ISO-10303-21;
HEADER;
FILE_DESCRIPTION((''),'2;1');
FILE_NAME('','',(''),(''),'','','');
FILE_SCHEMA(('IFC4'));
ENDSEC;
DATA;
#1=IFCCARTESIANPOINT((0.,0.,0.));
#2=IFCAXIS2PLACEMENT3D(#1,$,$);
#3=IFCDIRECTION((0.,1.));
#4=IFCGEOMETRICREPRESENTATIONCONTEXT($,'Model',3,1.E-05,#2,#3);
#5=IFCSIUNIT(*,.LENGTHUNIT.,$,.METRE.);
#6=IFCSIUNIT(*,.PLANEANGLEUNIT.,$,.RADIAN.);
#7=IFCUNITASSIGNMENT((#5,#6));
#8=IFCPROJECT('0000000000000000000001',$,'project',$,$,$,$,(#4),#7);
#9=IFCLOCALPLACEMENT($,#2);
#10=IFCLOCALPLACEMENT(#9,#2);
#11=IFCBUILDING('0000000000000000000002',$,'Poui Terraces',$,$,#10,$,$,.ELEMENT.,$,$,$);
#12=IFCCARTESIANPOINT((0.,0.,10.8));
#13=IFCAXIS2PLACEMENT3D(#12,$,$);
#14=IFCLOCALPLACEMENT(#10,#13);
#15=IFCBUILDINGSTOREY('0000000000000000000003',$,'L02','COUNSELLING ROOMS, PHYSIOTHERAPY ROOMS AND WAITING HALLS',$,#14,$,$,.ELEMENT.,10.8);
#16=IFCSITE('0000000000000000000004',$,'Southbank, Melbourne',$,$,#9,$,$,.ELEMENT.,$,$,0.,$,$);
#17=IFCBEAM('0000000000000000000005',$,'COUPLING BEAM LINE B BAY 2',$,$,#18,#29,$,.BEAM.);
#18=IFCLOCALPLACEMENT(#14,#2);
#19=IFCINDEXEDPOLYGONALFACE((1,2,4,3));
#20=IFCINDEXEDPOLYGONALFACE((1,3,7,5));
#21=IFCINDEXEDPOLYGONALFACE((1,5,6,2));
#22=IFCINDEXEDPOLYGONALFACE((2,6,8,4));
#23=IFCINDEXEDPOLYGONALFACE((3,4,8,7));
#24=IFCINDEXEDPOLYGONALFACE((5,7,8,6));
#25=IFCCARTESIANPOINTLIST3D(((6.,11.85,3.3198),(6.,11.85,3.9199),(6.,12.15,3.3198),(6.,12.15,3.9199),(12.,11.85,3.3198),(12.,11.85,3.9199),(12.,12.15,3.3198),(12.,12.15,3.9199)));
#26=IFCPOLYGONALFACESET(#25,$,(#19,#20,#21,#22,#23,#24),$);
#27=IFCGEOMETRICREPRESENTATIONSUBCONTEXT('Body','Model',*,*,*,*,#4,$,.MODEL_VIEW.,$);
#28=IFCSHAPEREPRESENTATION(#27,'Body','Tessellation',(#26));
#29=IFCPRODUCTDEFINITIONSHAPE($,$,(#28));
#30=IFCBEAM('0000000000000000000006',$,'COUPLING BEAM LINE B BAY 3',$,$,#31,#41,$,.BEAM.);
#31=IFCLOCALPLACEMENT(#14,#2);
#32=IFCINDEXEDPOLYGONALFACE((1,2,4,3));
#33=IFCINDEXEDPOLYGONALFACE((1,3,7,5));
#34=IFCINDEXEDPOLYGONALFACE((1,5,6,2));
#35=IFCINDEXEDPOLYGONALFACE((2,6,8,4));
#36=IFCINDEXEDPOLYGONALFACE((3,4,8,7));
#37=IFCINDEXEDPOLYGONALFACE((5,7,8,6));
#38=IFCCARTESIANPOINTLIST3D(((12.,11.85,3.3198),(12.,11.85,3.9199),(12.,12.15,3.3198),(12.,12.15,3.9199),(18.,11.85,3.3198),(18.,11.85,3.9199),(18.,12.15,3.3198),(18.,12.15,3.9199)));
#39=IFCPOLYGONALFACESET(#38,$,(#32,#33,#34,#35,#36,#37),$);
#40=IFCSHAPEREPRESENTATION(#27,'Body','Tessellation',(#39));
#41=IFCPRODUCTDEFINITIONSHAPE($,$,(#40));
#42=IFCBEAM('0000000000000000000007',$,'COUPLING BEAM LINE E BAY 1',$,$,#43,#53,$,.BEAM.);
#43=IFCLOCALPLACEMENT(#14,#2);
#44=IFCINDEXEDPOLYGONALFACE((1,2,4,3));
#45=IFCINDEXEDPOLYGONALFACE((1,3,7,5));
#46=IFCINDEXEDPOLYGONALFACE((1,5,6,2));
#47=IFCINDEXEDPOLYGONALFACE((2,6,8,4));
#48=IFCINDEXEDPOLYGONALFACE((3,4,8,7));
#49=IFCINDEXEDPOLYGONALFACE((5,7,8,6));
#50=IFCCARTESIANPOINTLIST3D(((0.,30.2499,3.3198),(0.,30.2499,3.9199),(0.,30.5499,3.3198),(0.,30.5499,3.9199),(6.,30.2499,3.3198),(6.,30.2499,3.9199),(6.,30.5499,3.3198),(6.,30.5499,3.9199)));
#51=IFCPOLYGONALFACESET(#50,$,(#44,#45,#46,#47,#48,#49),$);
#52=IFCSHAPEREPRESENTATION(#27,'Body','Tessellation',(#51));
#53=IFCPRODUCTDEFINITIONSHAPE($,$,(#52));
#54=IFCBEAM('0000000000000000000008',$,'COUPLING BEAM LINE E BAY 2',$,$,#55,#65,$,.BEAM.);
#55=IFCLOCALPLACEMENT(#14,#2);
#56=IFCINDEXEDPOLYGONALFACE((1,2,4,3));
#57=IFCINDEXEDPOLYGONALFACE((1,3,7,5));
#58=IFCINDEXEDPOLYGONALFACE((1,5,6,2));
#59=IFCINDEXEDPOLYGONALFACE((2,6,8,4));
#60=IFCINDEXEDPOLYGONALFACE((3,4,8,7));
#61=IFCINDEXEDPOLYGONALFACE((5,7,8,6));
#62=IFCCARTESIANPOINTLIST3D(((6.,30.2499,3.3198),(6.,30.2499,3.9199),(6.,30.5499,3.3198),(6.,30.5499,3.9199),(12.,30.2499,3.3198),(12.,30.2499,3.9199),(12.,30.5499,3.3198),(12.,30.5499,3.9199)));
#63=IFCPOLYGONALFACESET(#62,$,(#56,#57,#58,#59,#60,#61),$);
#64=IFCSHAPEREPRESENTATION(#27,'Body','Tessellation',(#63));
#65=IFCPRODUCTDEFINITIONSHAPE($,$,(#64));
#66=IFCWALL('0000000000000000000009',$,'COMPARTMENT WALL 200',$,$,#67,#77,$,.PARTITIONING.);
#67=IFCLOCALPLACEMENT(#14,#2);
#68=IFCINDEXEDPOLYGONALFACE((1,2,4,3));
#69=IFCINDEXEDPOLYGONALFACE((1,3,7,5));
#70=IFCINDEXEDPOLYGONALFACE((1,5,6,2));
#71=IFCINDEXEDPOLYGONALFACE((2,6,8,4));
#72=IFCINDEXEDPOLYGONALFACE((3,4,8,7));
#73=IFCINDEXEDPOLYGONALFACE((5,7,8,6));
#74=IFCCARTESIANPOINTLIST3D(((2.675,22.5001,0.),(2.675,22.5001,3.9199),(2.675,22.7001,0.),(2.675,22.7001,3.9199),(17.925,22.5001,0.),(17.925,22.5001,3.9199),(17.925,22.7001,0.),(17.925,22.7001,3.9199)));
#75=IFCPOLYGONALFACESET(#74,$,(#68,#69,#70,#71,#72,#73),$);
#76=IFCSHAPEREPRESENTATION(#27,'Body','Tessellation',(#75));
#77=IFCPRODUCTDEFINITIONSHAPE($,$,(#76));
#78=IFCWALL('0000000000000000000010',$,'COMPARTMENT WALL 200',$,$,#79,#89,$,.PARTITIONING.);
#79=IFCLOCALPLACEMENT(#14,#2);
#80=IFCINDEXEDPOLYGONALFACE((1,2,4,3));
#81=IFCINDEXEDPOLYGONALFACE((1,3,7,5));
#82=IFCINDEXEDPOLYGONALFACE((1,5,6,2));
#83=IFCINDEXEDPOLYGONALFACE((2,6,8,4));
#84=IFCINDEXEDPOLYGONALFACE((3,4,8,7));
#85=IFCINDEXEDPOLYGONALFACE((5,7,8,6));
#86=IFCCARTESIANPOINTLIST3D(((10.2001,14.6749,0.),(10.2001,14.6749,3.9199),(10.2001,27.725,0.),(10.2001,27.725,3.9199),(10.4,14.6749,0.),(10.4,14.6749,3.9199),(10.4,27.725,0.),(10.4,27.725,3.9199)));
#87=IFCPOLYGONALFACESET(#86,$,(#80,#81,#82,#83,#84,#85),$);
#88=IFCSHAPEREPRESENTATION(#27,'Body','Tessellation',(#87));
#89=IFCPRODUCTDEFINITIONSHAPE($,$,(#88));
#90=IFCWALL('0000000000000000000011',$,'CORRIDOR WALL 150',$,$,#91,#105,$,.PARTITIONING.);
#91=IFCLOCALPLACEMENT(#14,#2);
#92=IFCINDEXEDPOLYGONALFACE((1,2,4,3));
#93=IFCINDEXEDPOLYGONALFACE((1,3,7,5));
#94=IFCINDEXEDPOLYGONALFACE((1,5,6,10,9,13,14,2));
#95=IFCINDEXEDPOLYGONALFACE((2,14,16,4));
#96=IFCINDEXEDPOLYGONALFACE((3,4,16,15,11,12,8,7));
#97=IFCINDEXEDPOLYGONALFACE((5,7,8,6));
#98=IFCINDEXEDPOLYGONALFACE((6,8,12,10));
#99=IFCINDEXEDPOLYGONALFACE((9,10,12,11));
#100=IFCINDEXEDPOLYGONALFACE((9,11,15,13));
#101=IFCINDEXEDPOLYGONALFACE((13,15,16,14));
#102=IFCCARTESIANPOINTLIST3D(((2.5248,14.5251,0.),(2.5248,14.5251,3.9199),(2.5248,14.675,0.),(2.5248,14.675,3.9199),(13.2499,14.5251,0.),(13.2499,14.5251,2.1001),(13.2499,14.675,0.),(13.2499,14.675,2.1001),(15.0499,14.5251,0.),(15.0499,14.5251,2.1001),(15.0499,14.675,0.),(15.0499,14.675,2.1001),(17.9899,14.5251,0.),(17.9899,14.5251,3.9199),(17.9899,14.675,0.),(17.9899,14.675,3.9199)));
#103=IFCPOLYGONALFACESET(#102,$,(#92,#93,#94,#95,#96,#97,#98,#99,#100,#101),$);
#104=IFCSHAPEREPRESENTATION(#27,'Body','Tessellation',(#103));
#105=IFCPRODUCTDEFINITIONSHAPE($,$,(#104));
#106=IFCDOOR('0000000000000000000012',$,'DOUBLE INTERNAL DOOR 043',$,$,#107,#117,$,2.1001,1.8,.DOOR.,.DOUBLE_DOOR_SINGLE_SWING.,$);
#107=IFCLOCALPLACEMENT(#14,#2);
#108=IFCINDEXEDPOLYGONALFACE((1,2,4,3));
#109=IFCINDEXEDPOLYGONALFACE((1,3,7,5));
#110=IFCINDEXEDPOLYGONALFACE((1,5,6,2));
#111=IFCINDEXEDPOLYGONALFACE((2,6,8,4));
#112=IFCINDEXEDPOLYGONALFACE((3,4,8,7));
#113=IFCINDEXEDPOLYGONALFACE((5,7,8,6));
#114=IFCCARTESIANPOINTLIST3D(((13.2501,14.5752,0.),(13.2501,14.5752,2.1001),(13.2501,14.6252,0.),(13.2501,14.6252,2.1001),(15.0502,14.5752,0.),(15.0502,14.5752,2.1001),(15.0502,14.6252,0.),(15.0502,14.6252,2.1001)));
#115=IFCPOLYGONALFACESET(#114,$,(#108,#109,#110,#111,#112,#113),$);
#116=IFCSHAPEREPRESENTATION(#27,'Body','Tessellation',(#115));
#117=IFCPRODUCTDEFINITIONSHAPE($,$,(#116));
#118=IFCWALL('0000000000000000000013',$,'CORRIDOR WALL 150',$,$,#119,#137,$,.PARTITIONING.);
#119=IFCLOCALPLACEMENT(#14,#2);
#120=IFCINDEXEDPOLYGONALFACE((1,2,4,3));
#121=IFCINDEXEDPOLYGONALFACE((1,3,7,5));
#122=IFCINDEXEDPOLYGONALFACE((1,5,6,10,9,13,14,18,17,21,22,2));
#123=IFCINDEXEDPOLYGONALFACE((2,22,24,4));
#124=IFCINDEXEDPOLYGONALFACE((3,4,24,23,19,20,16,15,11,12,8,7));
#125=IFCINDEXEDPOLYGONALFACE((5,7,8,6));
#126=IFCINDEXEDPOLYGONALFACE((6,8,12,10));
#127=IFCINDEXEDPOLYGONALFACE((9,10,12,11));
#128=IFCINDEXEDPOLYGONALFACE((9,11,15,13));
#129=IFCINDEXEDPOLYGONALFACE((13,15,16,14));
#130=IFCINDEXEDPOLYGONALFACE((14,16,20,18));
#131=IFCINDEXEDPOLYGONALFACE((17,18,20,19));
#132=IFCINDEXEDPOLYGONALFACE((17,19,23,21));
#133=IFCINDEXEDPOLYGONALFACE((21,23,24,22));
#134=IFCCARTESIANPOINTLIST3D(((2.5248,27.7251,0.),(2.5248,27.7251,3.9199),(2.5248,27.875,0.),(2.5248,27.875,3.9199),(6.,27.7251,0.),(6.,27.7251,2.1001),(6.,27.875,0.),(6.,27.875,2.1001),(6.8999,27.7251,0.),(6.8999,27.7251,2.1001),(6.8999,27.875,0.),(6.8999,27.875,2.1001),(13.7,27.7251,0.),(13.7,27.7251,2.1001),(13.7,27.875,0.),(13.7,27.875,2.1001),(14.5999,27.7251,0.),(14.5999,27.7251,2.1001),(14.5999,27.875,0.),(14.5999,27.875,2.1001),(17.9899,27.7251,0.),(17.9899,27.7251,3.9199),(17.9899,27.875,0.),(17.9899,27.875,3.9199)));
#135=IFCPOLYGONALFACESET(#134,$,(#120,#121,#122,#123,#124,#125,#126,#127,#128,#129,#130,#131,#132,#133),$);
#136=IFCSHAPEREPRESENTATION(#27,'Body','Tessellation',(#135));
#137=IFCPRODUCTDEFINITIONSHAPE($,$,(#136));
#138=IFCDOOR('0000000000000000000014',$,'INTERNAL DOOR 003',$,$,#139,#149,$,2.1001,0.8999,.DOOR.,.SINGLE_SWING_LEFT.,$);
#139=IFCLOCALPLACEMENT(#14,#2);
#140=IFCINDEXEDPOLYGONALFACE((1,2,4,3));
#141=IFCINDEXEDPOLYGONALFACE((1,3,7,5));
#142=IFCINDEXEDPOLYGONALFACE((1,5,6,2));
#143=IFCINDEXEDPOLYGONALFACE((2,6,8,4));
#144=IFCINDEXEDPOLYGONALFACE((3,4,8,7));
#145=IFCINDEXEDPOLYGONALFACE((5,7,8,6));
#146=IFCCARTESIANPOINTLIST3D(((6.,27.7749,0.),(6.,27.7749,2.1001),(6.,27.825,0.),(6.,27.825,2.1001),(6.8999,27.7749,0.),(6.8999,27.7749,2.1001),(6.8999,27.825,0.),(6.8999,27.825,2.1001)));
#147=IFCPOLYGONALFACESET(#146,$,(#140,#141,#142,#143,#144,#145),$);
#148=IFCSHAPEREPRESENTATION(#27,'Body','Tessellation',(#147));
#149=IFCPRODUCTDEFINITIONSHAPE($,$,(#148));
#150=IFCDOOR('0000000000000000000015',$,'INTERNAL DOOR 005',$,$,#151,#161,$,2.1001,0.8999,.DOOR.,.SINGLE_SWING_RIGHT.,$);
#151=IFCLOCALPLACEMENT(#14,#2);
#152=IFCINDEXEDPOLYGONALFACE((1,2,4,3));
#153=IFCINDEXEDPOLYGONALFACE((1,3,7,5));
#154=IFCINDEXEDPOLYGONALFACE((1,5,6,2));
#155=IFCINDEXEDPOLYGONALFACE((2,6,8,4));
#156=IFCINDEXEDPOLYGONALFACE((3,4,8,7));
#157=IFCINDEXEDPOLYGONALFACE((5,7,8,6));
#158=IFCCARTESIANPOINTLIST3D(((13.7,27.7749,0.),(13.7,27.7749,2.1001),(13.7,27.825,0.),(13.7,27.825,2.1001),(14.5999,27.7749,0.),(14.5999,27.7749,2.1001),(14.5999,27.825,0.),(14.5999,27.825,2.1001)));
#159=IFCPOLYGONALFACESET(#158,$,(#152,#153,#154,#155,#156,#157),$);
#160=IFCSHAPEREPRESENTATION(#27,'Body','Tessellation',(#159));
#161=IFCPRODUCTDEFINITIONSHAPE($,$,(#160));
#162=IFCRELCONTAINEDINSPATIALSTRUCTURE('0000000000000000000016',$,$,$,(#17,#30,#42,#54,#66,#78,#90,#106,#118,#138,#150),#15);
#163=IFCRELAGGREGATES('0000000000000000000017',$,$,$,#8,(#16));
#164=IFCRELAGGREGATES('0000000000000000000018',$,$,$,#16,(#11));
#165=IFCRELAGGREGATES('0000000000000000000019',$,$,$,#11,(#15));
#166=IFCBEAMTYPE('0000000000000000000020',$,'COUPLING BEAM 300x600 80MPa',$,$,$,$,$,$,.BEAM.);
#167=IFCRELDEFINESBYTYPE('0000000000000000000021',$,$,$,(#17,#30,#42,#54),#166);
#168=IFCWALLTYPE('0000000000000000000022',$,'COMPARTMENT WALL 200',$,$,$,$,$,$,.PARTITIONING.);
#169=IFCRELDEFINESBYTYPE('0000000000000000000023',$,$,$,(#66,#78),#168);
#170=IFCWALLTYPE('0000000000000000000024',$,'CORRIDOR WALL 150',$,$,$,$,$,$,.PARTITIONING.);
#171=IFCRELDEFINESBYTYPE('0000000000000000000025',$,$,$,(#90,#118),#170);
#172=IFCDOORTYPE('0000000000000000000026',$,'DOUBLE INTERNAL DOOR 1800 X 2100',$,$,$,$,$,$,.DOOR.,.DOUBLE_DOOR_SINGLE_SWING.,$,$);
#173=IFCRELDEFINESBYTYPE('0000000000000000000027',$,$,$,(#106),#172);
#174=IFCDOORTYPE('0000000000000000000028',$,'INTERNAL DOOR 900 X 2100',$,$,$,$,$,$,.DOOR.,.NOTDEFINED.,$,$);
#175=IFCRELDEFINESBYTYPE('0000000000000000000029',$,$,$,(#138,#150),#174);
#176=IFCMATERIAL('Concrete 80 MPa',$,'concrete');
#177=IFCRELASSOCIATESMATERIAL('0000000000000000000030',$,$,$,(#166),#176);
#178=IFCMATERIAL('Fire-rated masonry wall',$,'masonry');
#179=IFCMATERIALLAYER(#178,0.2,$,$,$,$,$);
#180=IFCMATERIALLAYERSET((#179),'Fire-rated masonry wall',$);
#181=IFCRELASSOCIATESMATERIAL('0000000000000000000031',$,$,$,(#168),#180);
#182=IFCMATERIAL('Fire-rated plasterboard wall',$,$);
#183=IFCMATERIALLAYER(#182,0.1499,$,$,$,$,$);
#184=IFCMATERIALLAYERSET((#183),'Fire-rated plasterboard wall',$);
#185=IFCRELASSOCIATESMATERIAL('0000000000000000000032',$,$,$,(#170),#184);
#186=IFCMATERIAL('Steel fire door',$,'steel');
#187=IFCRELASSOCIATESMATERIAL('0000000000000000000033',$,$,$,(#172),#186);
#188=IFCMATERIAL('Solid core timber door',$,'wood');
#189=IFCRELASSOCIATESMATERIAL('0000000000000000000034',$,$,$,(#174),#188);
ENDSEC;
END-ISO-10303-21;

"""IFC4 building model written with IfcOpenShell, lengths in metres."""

from ifc_helpers import new_model, si_unit, direction, frame, frame_2d, origin, origin_2d, place, context, subcontext, project, spatial, rectangle, extrude, source, transform, mapped, material, layer, layer_set, material_profile, profile_set, type_object, element, fill, save


model = new_model("IFC4")

# Units and contexts
model_context = context("Model", 3, precision=1e-05, world=origin(), true_north=direction((0.0, 1.0)))
body_context = subcontext(model_context, "Body", "Model", "MODEL_VIEW")
ifc_project = project(units=[si_unit("LENGTHUNIT", "METRE"), si_unit("PLANEANGLEUNIT", "RADIAN")], contexts=[model_context])

# Site, building, storey
site_placement = place(None, origin())
site = spatial("IfcSite", under=ifc_project, at=site_placement, Name="Southbank, Melbourne", CompositionType="ELEMENT", RefElevation=0.0)
building_placement = place(site_placement, origin())
building = spatial("IfcBuilding", under=site, at=building_placement, Name="Poui Terraces", CompositionType="ELEMENT")
storey_placement = place(building_placement, frame((0.0, 0.0, 10.8)))
storey = spatial("IfcBuildingStorey", under=building, at=storey_placement, Name="L02", Description="COUNSELLING ROOMS, PHYSIOTHERAPY ROOMS AND WAITING HALLS", CompositionType="ELEMENT", Elevation=10.8)

# Beams
ifc_material_1 = material(Name="Concrete 80 MPa", Category="concrete")
ifc_material_profile = material_profile(ifc_material_1, rectangle(XDim=0.3, YDim=0.6001, at=origin_2d()), Name="RC 300x600")
ifc_profile_set = profile_set([ifc_material_profile], Name="Concrete 80 MPa")
beam_type = type_object("IfcBeamType", Name="COUPLING BEAM 300x600 80MPa", PredefinedType="BEAM", material=ifc_profile_set)
shared_shape = source(origin(), body_context, "Body", "SweptSolid", [
    extrude(rectangle(XDim=0.3, YDim=0.6001, at=origin_2d()), origin(), (0.0, 0.0, 1.0), 6.0),
])
for number, where, z_axis, x_axis, name in (
    (1, (6.0, 12.0, 3.6199), (1.0, 0.0, 0.0), (0.0, 1.0, 0.0), "COUPLING BEAM LINE B BAY 2"),
    (2, (12.0, 12.0, 3.6199), (1.0, 0.0, 0.0), (0.0, 1.0, 0.0), "COUPLING BEAM LINE B BAY 3"),
    (3, (0.0, 30.3999, 3.6199), (1.0, 0.0, 0.0), (0.0, 1.0, 0.0), "COUPLING BEAM LINE E BAY 1"),
    (4, (6.0, 30.3999, 3.6199), (1.0, 0.0, 0.0), (0.0, 1.0, 0.0), "COUPLING BEAM LINE E BAY 2"),
):
    element("IfcBeam", number, at=place(storey_placement, frame(where, z_axis=z_axis, x_axis=x_axis)), inside=storey, type_object=beam_type, Name=name, PredefinedType="BEAM", context=body_context, shape_type="MappedRepresentation", body=[
        mapped(shared_shape, transform((0.0, 0.0, 0.0))),
    ])

# Walls
ifc_material_2 = material(Name="Fire-rated masonry wall", Category="masonry")
ifc_layer_1 = layer(ifc_material_2, 0.2)
ifc_layer_set_1 = layer_set([ifc_layer_1], Name="Fire-rated masonry wall")
wall_type_1 = type_object("IfcWallType", Name="COMPARTMENT WALL 200", PredefinedType="PARTITIONING", material=ifc_layer_set_1)
wall_1_placement = place(storey_placement, frame((2.675, 22.6001, 0.0), z_axis=(0.0, 0.0, 1.0), x_axis=(1.0, 0.0, 0.0)))
element("IfcWall", 5, at=wall_1_placement, inside=storey, type_object=wall_type_1, Name="COMPARTMENT WALL 200", PredefinedType="PARTITIONING", context=body_context, shape_type="SweptSolid", body=[
    extrude(rectangle(XDim=15.25, YDim=0.2, at=frame_2d((7.625, 0.0))), origin(), (0.0, 0.0, 1.0), 3.9199),
])
wall_2_placement = place(storey_placement, frame((10.3, 14.675, 0.0), z_axis=(0.0, 0.0, 1.0), x_axis=(0.0, 1.0, 0.0)))
element("IfcWall", 6, at=wall_2_placement, inside=storey, type_object=wall_type_1, Name="COMPARTMENT WALL 200", PredefinedType="PARTITIONING", context=body_context, shape_type="SweptSolid", body=[
    extrude(rectangle(XDim=13.05, YDim=0.2, at=frame_2d((6.5249, 0.0))), origin(), (0.0, 0.0, 1.0), 3.9199),
])

# Wall, opening, door
ifc_material_3 = material(Name="Fire-rated plasterboard wall")
ifc_layer_2 = layer(ifc_material_3, 0.1499)
ifc_layer_set_2 = layer_set([ifc_layer_2], Name="Fire-rated plasterboard wall")
wall_type_2 = type_object("IfcWallType", Name="CORRIDOR WALL 150", PredefinedType="PARTITIONING", material=ifc_layer_set_2)
wall_3_placement = place(storey_placement, frame((2.5249, 14.6001, 0.0), z_axis=(0.0, 0.0, 1.0), x_axis=(1.0, 0.0, 0.0)))
wall_3 = element("IfcWall", 7, at=wall_3_placement, inside=storey, type_object=wall_type_2, Name="CORRIDOR WALL 150", PredefinedType="PARTITIONING", context=body_context, shape_type="SweptSolid", body=[
    extrude(rectangle(XDim=15.4651, YDim=0.1499, at=frame_2d((7.7324, 0.0))), origin(), (0.0, 0.0, 1.0), 3.9199),
])
opening_1_placement = place(wall_3_placement, frame((10.7251, 0.0, 0.0)))
opening_1 = element("IfcOpeningElement", 8, at=opening_1_placement, cuts=wall_3, PredefinedType="OPENING", context=body_context, shape_type="SweptSolid", body=[
    extrude(rectangle(XDim=1.8, YDim=2.1001, at=frame_2d((0.8999, 1.05))), frame((0.0, 0.085, 0.0), z_axis=(0.0, -1.0, 0.0), x_axis=(1.0, 0.0, 0.0)), (0.0, 0.0, 1.0), 0.1699),
])
ifc_material_4 = material(Name="Steel fire door", Category="steel")
door_type_1 = type_object("IfcDoorType", Name="DOUBLE INTERNAL DOOR 1800 X 2100", OperationType="DOUBLE_DOOR_SINGLE_SWING", PredefinedType="DOOR", material=ifc_material_4)
door_1_placement = place(opening_1_placement, frame((1.8, 0.0, 0.0), z_axis=(0.0, 0.0, 1.0), x_axis=(-1.0, 0.0, 0.0)))
door_1 = element("IfcDoor", 9, at=door_1_placement, inside=storey, type_object=door_type_1, Name="DOUBLE INTERNAL DOOR 043", OperationType="DOUBLE_DOOR_SINGLE_SWING", OverallHeight=2.1001, OverallWidth=1.8, PredefinedType="DOOR", context=body_context, shape_type="SweptSolid", body=[
    extrude(rectangle(XDim=1.8, YDim=2.1001, at=frame_2d((0.8999, 1.05))), frame((0.0, 0.0249, 0.0), z_axis=(0.0, -1.0, 0.0), x_axis=(1.0, 0.0, 0.0)), (0.0, 0.0, 1.0), 0.05),
])
fill(opening_1, door_1)

# Wall, openings, doors
wall_4_placement = place(storey_placement, frame((2.5249, 27.8, 0.0), z_axis=(0.0, 0.0, 1.0), x_axis=(1.0, 0.0, 0.0)))
wall_4 = element("IfcWall", 10, at=wall_4_placement, inside=storey, type_object=wall_type_2, Name="CORRIDOR WALL 150", PredefinedType="PARTITIONING", context=body_context, shape_type="SweptSolid", body=[
    extrude(rectangle(XDim=15.4651, YDim=0.1499, at=frame_2d((7.7324, 0.0))), origin(), (0.0, 0.0, 1.0), 3.9199),
])
opening_2_placement = place(wall_4_placement, frame((3.4751, 0.0, 0.0)))
opening_2 = element("IfcOpeningElement", 11, at=opening_2_placement, cuts=wall_4, PredefinedType="OPENING", context=body_context, shape_type="SweptSolid", body=[
    extrude(rectangle(XDim=0.8999, YDim=2.1001, at=frame_2d((0.45, 1.05))), frame((0.0, 0.085, 0.0), z_axis=(0.0, -1.0, 0.0), x_axis=(1.0, 0.0, 0.0)), (0.0, 0.0, 1.0), 0.1699),
])
opening_3_placement = place(wall_4_placement, frame((11.175, 0.0, 0.0)))
opening_3 = element("IfcOpeningElement", 12, at=opening_3_placement, cuts=wall_4, PredefinedType="OPENING", context=body_context, shape_type="SweptSolid", body=[
    extrude(rectangle(XDim=0.8999, YDim=2.1001, at=frame_2d((0.45, 1.05))), frame((0.0, 0.085, 0.0), z_axis=(0.0, -1.0, 0.0), x_axis=(1.0, 0.0, 0.0)), (0.0, 0.0, 1.0), 0.1699),
])
ifc_material_5 = material(Name="Solid core timber door", Category="wood")
door_type_2 = type_object("IfcDoorType", Name="INTERNAL DOOR 900 X 2100", OperationType="NOTDEFINED", PredefinedType="DOOR", material=ifc_material_5)
door_2_placement = place(opening_2_placement, origin())
door_2 = element("IfcDoor", 13, at=door_2_placement, inside=storey, type_object=door_type_2, Name="INTERNAL DOOR 003", OperationType="SINGLE_SWING_LEFT", OverallHeight=2.1001, OverallWidth=0.8999, PredefinedType="DOOR", context=body_context, shape_type="SweptSolid", body=[
    extrude(rectangle(XDim=0.8999, YDim=2.1001, at=frame_2d((0.45, 1.05))), frame((0.0, 0.0249, 0.0), z_axis=(0.0, -1.0, 0.0), x_axis=(1.0, 0.0, 0.0)), (0.0, 0.0, 1.0), 0.05),
])
fill(opening_2, door_2)
door_3_placement = place(opening_3_placement, origin())
door_3 = element("IfcDoor", 14, at=door_3_placement, inside=storey, type_object=door_type_2, Name="INTERNAL DOOR 005", OperationType="SINGLE_SWING_RIGHT", OverallHeight=2.1001, OverallWidth=0.8999, PredefinedType="DOOR", context=body_context, shape_type="SweptSolid", body=[
    extrude(rectangle(XDim=0.8999, YDim=2.1001, at=frame_2d((0.45, 1.05))), frame((0.0, 0.0249, 0.0), z_axis=(0.0, -1.0, 0.0), x_axis=(1.0, 0.0, 0.0)), (0.0, 0.0, 1.0), 0.05),
])
fill(opening_3, door_3)

save(model, "model.ifc")
